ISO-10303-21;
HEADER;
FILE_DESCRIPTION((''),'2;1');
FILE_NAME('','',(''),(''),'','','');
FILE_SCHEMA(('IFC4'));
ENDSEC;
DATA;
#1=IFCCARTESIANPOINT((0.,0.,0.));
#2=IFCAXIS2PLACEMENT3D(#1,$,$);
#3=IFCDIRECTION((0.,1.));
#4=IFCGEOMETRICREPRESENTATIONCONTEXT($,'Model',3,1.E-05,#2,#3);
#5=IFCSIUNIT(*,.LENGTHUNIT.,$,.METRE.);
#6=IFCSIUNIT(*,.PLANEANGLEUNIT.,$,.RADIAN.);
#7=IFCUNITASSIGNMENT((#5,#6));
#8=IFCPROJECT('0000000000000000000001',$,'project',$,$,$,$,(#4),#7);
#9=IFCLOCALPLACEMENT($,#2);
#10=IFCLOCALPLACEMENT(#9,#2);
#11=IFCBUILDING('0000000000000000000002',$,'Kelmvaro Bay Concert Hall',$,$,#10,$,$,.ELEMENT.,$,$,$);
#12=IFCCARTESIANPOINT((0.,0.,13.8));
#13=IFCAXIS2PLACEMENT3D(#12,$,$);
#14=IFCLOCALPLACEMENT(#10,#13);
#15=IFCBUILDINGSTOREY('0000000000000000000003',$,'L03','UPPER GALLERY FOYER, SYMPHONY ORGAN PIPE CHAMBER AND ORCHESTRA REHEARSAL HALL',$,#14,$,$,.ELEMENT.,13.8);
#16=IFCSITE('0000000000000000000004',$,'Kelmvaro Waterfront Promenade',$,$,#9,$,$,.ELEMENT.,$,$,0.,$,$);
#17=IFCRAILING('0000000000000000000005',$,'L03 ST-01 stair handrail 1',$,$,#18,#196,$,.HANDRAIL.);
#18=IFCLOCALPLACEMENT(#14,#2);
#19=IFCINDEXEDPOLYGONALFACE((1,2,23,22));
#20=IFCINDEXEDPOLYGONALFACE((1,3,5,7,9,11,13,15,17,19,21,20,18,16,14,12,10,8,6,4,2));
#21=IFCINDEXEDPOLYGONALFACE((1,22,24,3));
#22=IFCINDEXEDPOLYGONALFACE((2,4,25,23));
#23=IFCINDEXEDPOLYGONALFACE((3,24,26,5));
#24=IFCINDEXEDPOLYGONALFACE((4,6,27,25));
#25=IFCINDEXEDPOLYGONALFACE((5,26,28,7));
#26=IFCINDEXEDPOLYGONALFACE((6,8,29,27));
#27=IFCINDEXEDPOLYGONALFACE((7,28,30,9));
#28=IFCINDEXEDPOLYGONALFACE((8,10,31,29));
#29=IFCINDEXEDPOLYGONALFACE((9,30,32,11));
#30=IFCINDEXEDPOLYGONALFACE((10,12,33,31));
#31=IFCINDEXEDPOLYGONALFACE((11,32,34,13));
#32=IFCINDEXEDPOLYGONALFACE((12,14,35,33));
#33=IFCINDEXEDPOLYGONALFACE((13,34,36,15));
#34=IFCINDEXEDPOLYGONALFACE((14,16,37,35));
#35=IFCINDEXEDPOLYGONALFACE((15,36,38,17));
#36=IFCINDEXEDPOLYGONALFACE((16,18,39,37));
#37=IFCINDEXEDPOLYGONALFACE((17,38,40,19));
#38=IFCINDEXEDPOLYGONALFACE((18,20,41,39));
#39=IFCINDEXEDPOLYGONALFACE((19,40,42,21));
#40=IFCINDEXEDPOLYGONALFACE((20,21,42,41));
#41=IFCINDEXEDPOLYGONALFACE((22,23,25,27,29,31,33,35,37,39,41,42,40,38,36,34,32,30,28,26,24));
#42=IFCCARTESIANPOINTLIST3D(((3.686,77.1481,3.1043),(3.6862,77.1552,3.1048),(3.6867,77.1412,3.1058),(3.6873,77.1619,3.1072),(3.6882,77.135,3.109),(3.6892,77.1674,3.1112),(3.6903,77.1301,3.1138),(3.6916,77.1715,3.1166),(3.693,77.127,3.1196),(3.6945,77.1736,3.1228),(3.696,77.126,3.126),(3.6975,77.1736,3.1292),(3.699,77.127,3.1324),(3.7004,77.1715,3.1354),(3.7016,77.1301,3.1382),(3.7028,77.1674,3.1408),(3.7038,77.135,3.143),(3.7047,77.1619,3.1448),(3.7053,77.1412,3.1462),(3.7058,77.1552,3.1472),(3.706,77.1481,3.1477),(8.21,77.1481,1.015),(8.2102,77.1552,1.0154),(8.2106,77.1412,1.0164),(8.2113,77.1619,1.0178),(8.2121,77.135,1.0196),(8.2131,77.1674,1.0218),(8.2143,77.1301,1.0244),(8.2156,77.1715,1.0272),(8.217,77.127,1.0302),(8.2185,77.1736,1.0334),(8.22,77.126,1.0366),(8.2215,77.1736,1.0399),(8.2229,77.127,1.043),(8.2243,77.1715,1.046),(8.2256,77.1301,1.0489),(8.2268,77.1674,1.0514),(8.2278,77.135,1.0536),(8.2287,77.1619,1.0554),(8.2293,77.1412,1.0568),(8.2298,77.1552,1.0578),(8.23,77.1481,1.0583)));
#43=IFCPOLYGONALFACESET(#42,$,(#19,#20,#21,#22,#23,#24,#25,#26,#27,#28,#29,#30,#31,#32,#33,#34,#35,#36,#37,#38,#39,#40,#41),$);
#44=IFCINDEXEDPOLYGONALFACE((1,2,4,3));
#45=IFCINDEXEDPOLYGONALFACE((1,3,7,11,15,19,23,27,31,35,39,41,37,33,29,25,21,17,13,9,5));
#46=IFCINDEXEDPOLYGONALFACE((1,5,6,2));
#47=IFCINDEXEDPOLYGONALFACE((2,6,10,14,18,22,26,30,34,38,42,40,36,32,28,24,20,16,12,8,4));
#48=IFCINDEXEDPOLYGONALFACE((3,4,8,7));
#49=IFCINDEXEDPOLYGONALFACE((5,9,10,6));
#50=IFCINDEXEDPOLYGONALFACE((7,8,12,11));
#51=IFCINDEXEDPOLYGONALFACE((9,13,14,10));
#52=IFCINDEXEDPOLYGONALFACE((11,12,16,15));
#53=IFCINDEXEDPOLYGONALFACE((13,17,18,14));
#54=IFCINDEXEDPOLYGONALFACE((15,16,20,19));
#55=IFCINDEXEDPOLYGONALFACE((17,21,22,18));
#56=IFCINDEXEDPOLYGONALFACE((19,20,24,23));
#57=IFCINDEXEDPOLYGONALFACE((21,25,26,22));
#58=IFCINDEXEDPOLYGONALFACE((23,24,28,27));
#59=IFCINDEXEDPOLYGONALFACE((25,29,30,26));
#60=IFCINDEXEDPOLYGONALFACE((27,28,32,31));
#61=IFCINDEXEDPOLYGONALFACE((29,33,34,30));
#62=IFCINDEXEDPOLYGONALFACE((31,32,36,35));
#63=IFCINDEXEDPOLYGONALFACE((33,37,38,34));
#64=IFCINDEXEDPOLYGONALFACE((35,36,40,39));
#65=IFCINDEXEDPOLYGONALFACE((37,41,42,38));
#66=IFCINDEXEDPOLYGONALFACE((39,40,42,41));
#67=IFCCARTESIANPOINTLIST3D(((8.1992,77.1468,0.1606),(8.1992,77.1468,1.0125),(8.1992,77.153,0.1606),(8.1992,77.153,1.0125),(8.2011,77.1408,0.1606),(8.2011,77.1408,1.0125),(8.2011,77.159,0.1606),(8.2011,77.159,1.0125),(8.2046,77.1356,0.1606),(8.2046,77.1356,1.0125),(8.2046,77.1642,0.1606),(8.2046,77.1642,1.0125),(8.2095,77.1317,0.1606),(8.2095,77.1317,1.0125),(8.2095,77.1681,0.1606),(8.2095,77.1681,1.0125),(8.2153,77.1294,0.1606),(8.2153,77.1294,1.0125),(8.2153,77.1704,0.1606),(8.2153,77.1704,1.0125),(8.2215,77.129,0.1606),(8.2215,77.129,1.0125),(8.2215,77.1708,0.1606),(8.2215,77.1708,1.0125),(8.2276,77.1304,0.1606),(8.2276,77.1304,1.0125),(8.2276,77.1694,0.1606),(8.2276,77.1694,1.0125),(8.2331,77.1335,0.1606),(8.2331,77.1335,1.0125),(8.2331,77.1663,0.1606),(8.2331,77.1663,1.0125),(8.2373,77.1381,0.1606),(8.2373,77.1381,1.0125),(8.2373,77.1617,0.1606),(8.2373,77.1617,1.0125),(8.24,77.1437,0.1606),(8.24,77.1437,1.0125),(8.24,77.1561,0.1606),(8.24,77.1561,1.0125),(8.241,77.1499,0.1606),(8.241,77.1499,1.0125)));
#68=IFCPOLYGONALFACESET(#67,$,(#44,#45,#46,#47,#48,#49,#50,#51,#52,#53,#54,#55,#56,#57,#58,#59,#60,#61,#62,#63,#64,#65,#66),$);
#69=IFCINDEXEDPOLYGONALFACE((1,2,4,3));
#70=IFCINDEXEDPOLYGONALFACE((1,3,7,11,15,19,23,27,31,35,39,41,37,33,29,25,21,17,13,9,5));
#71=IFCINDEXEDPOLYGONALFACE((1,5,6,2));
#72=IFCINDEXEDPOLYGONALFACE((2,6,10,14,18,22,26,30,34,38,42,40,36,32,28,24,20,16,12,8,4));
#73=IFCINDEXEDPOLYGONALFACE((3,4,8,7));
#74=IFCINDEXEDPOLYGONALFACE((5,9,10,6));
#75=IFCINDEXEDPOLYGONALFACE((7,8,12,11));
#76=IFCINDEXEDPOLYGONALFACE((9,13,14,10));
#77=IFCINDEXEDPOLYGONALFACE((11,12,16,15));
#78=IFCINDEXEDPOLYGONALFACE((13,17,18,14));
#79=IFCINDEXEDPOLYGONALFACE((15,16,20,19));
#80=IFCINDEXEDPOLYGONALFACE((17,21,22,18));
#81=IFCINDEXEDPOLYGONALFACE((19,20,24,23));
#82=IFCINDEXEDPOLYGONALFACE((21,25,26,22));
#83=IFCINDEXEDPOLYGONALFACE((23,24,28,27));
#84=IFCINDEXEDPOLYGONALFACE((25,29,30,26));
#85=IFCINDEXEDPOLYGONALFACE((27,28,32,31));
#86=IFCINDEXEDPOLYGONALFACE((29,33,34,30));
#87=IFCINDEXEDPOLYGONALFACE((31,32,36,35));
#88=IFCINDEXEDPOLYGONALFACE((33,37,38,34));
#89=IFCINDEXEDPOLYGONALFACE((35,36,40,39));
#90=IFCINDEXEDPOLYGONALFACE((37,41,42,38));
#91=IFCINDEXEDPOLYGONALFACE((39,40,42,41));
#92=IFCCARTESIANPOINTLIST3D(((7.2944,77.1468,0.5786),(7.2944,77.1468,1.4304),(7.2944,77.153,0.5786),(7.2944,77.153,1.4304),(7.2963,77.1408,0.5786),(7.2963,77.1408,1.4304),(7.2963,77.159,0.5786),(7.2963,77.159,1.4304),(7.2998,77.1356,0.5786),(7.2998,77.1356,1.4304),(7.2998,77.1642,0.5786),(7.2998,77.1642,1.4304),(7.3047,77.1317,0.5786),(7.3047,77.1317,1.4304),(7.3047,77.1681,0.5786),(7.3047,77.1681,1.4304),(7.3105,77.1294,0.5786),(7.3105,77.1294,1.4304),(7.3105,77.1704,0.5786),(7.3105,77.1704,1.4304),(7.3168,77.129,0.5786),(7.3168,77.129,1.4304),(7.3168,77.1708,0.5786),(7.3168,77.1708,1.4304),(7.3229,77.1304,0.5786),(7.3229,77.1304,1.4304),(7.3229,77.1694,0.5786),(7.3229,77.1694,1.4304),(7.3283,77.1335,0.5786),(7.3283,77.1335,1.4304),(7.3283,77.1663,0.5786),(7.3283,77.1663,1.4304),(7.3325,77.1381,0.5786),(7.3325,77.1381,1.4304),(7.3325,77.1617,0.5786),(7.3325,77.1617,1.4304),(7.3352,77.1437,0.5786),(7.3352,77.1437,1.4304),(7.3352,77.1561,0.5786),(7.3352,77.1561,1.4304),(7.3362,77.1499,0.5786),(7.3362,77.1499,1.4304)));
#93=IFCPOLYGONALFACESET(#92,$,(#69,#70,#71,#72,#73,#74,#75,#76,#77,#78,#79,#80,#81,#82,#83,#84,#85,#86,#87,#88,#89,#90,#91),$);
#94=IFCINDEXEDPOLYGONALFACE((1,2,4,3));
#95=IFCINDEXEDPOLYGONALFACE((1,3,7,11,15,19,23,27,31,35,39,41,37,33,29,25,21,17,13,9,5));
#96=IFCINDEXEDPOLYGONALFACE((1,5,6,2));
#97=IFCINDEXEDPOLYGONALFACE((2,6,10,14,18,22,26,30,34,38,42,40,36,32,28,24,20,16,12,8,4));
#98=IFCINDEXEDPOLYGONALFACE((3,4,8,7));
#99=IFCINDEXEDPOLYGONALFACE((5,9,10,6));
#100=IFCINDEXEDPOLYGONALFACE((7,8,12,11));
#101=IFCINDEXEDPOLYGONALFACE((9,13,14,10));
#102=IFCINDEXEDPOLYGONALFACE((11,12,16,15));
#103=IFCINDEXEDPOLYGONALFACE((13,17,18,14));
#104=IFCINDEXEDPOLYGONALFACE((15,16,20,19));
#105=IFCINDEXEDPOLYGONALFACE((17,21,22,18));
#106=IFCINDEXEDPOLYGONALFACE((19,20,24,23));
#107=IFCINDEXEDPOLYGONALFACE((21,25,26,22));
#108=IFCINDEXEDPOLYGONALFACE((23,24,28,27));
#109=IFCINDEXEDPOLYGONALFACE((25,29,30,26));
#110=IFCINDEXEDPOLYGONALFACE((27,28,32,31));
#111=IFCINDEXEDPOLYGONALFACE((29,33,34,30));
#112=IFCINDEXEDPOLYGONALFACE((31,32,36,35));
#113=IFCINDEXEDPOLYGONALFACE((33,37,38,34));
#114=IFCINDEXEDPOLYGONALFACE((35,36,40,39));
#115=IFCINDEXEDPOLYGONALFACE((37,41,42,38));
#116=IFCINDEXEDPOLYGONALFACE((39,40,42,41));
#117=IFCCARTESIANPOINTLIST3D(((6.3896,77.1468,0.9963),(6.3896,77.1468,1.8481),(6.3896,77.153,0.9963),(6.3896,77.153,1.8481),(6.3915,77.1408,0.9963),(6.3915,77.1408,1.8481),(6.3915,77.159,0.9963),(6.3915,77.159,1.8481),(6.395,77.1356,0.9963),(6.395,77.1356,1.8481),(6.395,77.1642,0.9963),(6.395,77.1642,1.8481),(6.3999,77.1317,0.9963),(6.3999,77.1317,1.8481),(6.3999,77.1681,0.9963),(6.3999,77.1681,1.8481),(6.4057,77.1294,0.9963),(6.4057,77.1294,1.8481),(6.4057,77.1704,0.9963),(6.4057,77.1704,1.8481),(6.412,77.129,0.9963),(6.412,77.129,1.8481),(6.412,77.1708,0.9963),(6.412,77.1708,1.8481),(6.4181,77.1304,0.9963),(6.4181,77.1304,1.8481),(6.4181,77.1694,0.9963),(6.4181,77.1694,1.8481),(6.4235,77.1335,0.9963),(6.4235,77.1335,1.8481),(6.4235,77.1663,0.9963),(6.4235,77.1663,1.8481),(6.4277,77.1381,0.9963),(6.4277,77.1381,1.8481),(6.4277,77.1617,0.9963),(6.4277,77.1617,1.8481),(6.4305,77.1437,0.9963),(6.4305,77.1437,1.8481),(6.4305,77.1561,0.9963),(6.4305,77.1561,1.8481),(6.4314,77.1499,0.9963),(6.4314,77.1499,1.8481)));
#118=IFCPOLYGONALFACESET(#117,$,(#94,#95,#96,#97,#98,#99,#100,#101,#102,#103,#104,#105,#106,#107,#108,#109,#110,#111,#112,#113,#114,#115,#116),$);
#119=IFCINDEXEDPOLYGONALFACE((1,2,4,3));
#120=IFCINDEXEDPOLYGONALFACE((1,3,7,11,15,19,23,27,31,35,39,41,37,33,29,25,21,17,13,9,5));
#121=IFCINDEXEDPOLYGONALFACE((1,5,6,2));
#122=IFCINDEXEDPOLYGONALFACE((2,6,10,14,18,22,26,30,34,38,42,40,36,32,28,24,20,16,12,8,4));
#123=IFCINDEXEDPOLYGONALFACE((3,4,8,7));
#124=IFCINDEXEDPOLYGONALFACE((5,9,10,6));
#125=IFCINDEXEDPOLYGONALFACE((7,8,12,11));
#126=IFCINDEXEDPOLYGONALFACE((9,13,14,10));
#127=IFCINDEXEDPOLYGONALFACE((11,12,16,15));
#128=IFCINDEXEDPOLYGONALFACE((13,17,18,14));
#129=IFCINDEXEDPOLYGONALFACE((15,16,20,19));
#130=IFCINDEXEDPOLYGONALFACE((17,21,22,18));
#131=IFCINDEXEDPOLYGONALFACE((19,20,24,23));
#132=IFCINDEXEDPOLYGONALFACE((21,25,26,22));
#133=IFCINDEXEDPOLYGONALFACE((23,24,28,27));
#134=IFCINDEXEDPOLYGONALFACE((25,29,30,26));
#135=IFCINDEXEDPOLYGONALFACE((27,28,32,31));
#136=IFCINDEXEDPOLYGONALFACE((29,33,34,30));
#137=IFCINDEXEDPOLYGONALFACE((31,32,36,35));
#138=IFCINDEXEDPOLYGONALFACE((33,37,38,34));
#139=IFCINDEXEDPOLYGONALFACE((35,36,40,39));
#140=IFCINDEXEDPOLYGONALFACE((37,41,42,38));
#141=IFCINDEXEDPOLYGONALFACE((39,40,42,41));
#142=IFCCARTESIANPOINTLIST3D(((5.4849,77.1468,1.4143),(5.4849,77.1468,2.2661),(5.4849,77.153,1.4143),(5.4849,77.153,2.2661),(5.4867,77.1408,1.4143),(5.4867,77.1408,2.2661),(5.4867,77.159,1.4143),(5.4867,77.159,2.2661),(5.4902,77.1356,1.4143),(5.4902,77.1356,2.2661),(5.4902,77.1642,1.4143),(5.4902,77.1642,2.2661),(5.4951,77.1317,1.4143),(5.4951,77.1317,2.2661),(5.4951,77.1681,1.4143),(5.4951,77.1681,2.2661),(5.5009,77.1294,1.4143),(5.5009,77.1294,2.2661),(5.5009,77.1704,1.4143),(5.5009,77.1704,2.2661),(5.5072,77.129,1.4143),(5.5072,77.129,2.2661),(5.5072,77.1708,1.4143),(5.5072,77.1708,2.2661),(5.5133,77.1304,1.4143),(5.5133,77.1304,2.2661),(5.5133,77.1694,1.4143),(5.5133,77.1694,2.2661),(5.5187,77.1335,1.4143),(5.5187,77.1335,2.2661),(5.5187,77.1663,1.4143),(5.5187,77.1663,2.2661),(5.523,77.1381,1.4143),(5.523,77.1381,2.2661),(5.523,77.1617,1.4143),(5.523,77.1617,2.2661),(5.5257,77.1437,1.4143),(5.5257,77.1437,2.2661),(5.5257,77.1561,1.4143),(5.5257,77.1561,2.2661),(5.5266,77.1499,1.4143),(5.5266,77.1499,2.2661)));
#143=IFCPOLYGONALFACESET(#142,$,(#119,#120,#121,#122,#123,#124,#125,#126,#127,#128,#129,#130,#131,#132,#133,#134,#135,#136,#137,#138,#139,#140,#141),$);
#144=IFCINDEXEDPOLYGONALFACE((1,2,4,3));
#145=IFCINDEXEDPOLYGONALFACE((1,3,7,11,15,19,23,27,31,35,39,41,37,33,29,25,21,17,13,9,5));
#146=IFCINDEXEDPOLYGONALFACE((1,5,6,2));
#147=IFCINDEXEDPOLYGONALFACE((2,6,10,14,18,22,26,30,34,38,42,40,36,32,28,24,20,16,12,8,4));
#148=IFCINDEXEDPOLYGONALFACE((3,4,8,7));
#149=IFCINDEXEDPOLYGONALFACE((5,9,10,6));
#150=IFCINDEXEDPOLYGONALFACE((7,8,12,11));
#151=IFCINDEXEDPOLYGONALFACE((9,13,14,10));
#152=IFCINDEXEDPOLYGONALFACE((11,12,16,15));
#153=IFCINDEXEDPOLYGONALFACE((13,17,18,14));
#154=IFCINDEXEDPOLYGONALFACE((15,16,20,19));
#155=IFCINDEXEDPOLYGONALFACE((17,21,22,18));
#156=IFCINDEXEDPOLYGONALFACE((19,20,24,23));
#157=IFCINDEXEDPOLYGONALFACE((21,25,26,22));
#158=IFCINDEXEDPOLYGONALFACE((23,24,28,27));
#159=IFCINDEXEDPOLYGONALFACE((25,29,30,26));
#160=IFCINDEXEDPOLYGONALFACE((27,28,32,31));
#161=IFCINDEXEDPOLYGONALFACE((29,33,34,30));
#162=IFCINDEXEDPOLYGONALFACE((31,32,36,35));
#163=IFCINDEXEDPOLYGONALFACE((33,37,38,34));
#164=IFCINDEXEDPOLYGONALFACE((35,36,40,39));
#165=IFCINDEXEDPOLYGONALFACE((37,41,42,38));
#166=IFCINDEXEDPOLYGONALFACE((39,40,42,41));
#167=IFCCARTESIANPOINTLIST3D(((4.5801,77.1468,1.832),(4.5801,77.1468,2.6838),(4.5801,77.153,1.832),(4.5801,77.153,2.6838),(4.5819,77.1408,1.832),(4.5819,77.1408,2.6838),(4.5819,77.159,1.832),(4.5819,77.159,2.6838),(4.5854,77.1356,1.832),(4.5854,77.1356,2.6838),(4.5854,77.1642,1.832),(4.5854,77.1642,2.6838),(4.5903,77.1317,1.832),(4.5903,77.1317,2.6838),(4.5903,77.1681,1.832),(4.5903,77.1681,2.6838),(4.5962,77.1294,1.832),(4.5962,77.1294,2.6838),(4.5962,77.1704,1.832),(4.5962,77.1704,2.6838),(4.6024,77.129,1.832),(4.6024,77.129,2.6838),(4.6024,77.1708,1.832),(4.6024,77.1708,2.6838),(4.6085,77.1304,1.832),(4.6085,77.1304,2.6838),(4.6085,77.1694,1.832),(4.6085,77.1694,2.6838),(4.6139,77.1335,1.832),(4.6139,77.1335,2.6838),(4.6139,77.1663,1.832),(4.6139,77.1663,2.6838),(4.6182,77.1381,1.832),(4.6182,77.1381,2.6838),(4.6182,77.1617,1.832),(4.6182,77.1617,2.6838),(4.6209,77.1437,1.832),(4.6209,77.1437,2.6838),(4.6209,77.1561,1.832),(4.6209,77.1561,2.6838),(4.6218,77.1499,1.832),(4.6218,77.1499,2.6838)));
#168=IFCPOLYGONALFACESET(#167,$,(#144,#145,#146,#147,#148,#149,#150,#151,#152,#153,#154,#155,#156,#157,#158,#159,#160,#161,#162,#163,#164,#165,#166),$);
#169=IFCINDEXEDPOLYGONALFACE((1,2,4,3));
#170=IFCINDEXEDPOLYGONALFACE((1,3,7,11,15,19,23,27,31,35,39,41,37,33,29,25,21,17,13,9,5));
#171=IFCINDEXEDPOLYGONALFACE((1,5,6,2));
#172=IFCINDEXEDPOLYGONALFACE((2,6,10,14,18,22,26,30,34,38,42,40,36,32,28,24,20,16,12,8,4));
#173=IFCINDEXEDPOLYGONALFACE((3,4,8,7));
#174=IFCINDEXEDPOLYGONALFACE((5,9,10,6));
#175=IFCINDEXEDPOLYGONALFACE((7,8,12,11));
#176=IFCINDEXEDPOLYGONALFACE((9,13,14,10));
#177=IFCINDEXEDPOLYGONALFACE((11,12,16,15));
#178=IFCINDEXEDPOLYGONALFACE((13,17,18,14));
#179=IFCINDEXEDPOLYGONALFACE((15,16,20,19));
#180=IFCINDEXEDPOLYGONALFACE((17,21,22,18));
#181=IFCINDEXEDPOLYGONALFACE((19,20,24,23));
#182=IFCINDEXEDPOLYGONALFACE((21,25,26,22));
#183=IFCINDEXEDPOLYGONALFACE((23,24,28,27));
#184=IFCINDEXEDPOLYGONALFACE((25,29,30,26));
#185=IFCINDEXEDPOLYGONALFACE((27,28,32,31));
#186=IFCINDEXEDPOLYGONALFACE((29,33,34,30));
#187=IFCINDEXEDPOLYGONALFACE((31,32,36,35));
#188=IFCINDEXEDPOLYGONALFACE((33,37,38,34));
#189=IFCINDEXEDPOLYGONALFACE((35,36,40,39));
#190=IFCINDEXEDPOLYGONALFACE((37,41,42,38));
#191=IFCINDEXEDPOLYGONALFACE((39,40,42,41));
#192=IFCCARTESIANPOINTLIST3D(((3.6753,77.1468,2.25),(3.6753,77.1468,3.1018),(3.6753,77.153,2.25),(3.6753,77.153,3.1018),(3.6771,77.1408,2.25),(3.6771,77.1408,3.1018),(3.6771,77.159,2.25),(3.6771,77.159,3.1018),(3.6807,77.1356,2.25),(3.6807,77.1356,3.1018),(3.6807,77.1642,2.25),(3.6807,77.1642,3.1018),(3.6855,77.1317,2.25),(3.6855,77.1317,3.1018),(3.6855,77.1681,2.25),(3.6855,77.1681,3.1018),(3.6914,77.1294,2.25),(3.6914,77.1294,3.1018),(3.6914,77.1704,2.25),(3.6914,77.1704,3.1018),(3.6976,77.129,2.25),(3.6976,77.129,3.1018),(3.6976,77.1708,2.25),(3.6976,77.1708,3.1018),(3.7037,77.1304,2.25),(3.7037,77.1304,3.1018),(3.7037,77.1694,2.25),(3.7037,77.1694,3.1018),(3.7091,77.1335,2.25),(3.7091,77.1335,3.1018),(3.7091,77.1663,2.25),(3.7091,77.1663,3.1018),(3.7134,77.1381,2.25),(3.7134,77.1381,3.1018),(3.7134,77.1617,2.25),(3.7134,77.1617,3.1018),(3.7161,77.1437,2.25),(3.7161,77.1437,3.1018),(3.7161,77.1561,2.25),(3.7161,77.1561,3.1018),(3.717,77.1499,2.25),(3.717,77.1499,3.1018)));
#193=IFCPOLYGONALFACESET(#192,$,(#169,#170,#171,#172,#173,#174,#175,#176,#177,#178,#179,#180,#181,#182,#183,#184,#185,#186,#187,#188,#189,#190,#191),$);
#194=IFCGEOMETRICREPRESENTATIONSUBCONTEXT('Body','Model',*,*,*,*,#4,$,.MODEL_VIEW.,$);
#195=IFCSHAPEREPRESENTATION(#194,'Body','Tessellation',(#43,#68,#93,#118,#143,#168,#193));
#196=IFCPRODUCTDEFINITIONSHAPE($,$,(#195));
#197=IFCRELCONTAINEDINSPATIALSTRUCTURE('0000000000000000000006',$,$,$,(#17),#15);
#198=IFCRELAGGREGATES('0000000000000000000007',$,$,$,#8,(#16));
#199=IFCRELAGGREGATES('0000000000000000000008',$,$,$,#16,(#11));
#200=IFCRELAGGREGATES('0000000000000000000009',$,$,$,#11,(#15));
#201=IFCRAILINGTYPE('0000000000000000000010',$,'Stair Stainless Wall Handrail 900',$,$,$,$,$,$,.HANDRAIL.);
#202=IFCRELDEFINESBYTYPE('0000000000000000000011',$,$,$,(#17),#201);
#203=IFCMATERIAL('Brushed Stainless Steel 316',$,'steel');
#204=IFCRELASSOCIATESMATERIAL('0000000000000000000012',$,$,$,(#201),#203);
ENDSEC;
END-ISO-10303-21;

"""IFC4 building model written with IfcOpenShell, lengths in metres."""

from ifc_helpers import new_model, si_unit, direction, frame, origin, origin_2d, place, context, subcontext, project, spatial, circle, extrude, material, type_object, element, save


model = new_model("IFC4")

# Units and contexts
model_context = context("Model", 3, precision=1e-05, world=origin(), true_north=direction((0.0, 1.0)))
body_context = subcontext(model_context, "Body", "Model", "MODEL_VIEW")
ifc_project = project(units=[si_unit("LENGTHUNIT", "METRE"), si_unit("PLANEANGLEUNIT", "RADIAN")], contexts=[model_context])

# Site, building, storey
site_placement = place(None, origin())
site = spatial("IfcSite", under=ifc_project, at=site_placement, Name="Kelmvaro Waterfront Promenade", CompositionType="ELEMENT", RefElevation=0.0)
building_placement = place(site_placement, origin())
building = spatial("IfcBuilding", under=site, at=building_placement, Name="Kelmvaro Bay Concert Hall", CompositionType="ELEMENT")
storey_placement = place(building_placement, frame((0.0, 0.0, 13.8)))
storey = spatial("IfcBuildingStorey", under=building, at=storey_placement, Name="L03", Description="UPPER GALLERY FOYER, SYMPHONY ORGAN PIPE CHAMBER AND ORCHESTRA REHEARSAL HALL", CompositionType="ELEMENT", Elevation=13.8)

# Railing
ifc_material_1 = material(Name="Brushed Stainless Steel 316", Category="steel")
railing_type_1 = type_object("IfcRailingType", Name="Stair Stainless Wall Handrail 900", PredefinedType="HANDRAIL", material=ifc_material_1)
railing_1_placement = place(storey_placement, frame((8.22, 77.1499, 0.1606)))
element("IfcRailing", 1, at=railing_1_placement, inside=storey, type_object=railing_type_1, Name="L03 ST-01 stair handrail 1", PredefinedType="HANDRAIL", context=body_context, shape_type="SweptSolid", body=[
    extrude(circle(Radius=0.0239, at=origin_2d()), frame((0.0, 0.0, 0.876), z_axis=(-0.907853, 0.0, 0.419288), x_axis=(0.0, -1.0, 0.0)), (0.0, 0.0, 1.0), 4.9832),
    extrude(circle(Radius=0.021, at=origin_2d()), origin(), (0.0, 0.0, 1.0), 0.8518),
    extrude(circle(Radius=0.021, at=origin_2d()), frame((-0.9048, 0.0, 0.418)), (0.0, 0.0, 1.0), 0.8518),
    extrude(circle(Radius=0.021, at=origin_2d()), frame((-1.8096, 0.0, 0.8357)), (0.0, 0.0, 1.0), 0.8518),
    extrude(circle(Radius=0.021, at=origin_2d()), frame((-2.7144, 0.0, 1.2537)), (0.0, 0.0, 1.0), 0.8518),
    extrude(circle(Radius=0.021, at=origin_2d()), frame((-3.6191, 0.0, 1.6714)), (0.0, 0.0, 1.0), 0.8518),
    extrude(circle(Radius=0.021, at=origin_2d()), frame((-4.5239, 0.0, 2.0894)), (0.0, 0.0, 1.0), 0.8518),
])

save(model, "model.ifc")
